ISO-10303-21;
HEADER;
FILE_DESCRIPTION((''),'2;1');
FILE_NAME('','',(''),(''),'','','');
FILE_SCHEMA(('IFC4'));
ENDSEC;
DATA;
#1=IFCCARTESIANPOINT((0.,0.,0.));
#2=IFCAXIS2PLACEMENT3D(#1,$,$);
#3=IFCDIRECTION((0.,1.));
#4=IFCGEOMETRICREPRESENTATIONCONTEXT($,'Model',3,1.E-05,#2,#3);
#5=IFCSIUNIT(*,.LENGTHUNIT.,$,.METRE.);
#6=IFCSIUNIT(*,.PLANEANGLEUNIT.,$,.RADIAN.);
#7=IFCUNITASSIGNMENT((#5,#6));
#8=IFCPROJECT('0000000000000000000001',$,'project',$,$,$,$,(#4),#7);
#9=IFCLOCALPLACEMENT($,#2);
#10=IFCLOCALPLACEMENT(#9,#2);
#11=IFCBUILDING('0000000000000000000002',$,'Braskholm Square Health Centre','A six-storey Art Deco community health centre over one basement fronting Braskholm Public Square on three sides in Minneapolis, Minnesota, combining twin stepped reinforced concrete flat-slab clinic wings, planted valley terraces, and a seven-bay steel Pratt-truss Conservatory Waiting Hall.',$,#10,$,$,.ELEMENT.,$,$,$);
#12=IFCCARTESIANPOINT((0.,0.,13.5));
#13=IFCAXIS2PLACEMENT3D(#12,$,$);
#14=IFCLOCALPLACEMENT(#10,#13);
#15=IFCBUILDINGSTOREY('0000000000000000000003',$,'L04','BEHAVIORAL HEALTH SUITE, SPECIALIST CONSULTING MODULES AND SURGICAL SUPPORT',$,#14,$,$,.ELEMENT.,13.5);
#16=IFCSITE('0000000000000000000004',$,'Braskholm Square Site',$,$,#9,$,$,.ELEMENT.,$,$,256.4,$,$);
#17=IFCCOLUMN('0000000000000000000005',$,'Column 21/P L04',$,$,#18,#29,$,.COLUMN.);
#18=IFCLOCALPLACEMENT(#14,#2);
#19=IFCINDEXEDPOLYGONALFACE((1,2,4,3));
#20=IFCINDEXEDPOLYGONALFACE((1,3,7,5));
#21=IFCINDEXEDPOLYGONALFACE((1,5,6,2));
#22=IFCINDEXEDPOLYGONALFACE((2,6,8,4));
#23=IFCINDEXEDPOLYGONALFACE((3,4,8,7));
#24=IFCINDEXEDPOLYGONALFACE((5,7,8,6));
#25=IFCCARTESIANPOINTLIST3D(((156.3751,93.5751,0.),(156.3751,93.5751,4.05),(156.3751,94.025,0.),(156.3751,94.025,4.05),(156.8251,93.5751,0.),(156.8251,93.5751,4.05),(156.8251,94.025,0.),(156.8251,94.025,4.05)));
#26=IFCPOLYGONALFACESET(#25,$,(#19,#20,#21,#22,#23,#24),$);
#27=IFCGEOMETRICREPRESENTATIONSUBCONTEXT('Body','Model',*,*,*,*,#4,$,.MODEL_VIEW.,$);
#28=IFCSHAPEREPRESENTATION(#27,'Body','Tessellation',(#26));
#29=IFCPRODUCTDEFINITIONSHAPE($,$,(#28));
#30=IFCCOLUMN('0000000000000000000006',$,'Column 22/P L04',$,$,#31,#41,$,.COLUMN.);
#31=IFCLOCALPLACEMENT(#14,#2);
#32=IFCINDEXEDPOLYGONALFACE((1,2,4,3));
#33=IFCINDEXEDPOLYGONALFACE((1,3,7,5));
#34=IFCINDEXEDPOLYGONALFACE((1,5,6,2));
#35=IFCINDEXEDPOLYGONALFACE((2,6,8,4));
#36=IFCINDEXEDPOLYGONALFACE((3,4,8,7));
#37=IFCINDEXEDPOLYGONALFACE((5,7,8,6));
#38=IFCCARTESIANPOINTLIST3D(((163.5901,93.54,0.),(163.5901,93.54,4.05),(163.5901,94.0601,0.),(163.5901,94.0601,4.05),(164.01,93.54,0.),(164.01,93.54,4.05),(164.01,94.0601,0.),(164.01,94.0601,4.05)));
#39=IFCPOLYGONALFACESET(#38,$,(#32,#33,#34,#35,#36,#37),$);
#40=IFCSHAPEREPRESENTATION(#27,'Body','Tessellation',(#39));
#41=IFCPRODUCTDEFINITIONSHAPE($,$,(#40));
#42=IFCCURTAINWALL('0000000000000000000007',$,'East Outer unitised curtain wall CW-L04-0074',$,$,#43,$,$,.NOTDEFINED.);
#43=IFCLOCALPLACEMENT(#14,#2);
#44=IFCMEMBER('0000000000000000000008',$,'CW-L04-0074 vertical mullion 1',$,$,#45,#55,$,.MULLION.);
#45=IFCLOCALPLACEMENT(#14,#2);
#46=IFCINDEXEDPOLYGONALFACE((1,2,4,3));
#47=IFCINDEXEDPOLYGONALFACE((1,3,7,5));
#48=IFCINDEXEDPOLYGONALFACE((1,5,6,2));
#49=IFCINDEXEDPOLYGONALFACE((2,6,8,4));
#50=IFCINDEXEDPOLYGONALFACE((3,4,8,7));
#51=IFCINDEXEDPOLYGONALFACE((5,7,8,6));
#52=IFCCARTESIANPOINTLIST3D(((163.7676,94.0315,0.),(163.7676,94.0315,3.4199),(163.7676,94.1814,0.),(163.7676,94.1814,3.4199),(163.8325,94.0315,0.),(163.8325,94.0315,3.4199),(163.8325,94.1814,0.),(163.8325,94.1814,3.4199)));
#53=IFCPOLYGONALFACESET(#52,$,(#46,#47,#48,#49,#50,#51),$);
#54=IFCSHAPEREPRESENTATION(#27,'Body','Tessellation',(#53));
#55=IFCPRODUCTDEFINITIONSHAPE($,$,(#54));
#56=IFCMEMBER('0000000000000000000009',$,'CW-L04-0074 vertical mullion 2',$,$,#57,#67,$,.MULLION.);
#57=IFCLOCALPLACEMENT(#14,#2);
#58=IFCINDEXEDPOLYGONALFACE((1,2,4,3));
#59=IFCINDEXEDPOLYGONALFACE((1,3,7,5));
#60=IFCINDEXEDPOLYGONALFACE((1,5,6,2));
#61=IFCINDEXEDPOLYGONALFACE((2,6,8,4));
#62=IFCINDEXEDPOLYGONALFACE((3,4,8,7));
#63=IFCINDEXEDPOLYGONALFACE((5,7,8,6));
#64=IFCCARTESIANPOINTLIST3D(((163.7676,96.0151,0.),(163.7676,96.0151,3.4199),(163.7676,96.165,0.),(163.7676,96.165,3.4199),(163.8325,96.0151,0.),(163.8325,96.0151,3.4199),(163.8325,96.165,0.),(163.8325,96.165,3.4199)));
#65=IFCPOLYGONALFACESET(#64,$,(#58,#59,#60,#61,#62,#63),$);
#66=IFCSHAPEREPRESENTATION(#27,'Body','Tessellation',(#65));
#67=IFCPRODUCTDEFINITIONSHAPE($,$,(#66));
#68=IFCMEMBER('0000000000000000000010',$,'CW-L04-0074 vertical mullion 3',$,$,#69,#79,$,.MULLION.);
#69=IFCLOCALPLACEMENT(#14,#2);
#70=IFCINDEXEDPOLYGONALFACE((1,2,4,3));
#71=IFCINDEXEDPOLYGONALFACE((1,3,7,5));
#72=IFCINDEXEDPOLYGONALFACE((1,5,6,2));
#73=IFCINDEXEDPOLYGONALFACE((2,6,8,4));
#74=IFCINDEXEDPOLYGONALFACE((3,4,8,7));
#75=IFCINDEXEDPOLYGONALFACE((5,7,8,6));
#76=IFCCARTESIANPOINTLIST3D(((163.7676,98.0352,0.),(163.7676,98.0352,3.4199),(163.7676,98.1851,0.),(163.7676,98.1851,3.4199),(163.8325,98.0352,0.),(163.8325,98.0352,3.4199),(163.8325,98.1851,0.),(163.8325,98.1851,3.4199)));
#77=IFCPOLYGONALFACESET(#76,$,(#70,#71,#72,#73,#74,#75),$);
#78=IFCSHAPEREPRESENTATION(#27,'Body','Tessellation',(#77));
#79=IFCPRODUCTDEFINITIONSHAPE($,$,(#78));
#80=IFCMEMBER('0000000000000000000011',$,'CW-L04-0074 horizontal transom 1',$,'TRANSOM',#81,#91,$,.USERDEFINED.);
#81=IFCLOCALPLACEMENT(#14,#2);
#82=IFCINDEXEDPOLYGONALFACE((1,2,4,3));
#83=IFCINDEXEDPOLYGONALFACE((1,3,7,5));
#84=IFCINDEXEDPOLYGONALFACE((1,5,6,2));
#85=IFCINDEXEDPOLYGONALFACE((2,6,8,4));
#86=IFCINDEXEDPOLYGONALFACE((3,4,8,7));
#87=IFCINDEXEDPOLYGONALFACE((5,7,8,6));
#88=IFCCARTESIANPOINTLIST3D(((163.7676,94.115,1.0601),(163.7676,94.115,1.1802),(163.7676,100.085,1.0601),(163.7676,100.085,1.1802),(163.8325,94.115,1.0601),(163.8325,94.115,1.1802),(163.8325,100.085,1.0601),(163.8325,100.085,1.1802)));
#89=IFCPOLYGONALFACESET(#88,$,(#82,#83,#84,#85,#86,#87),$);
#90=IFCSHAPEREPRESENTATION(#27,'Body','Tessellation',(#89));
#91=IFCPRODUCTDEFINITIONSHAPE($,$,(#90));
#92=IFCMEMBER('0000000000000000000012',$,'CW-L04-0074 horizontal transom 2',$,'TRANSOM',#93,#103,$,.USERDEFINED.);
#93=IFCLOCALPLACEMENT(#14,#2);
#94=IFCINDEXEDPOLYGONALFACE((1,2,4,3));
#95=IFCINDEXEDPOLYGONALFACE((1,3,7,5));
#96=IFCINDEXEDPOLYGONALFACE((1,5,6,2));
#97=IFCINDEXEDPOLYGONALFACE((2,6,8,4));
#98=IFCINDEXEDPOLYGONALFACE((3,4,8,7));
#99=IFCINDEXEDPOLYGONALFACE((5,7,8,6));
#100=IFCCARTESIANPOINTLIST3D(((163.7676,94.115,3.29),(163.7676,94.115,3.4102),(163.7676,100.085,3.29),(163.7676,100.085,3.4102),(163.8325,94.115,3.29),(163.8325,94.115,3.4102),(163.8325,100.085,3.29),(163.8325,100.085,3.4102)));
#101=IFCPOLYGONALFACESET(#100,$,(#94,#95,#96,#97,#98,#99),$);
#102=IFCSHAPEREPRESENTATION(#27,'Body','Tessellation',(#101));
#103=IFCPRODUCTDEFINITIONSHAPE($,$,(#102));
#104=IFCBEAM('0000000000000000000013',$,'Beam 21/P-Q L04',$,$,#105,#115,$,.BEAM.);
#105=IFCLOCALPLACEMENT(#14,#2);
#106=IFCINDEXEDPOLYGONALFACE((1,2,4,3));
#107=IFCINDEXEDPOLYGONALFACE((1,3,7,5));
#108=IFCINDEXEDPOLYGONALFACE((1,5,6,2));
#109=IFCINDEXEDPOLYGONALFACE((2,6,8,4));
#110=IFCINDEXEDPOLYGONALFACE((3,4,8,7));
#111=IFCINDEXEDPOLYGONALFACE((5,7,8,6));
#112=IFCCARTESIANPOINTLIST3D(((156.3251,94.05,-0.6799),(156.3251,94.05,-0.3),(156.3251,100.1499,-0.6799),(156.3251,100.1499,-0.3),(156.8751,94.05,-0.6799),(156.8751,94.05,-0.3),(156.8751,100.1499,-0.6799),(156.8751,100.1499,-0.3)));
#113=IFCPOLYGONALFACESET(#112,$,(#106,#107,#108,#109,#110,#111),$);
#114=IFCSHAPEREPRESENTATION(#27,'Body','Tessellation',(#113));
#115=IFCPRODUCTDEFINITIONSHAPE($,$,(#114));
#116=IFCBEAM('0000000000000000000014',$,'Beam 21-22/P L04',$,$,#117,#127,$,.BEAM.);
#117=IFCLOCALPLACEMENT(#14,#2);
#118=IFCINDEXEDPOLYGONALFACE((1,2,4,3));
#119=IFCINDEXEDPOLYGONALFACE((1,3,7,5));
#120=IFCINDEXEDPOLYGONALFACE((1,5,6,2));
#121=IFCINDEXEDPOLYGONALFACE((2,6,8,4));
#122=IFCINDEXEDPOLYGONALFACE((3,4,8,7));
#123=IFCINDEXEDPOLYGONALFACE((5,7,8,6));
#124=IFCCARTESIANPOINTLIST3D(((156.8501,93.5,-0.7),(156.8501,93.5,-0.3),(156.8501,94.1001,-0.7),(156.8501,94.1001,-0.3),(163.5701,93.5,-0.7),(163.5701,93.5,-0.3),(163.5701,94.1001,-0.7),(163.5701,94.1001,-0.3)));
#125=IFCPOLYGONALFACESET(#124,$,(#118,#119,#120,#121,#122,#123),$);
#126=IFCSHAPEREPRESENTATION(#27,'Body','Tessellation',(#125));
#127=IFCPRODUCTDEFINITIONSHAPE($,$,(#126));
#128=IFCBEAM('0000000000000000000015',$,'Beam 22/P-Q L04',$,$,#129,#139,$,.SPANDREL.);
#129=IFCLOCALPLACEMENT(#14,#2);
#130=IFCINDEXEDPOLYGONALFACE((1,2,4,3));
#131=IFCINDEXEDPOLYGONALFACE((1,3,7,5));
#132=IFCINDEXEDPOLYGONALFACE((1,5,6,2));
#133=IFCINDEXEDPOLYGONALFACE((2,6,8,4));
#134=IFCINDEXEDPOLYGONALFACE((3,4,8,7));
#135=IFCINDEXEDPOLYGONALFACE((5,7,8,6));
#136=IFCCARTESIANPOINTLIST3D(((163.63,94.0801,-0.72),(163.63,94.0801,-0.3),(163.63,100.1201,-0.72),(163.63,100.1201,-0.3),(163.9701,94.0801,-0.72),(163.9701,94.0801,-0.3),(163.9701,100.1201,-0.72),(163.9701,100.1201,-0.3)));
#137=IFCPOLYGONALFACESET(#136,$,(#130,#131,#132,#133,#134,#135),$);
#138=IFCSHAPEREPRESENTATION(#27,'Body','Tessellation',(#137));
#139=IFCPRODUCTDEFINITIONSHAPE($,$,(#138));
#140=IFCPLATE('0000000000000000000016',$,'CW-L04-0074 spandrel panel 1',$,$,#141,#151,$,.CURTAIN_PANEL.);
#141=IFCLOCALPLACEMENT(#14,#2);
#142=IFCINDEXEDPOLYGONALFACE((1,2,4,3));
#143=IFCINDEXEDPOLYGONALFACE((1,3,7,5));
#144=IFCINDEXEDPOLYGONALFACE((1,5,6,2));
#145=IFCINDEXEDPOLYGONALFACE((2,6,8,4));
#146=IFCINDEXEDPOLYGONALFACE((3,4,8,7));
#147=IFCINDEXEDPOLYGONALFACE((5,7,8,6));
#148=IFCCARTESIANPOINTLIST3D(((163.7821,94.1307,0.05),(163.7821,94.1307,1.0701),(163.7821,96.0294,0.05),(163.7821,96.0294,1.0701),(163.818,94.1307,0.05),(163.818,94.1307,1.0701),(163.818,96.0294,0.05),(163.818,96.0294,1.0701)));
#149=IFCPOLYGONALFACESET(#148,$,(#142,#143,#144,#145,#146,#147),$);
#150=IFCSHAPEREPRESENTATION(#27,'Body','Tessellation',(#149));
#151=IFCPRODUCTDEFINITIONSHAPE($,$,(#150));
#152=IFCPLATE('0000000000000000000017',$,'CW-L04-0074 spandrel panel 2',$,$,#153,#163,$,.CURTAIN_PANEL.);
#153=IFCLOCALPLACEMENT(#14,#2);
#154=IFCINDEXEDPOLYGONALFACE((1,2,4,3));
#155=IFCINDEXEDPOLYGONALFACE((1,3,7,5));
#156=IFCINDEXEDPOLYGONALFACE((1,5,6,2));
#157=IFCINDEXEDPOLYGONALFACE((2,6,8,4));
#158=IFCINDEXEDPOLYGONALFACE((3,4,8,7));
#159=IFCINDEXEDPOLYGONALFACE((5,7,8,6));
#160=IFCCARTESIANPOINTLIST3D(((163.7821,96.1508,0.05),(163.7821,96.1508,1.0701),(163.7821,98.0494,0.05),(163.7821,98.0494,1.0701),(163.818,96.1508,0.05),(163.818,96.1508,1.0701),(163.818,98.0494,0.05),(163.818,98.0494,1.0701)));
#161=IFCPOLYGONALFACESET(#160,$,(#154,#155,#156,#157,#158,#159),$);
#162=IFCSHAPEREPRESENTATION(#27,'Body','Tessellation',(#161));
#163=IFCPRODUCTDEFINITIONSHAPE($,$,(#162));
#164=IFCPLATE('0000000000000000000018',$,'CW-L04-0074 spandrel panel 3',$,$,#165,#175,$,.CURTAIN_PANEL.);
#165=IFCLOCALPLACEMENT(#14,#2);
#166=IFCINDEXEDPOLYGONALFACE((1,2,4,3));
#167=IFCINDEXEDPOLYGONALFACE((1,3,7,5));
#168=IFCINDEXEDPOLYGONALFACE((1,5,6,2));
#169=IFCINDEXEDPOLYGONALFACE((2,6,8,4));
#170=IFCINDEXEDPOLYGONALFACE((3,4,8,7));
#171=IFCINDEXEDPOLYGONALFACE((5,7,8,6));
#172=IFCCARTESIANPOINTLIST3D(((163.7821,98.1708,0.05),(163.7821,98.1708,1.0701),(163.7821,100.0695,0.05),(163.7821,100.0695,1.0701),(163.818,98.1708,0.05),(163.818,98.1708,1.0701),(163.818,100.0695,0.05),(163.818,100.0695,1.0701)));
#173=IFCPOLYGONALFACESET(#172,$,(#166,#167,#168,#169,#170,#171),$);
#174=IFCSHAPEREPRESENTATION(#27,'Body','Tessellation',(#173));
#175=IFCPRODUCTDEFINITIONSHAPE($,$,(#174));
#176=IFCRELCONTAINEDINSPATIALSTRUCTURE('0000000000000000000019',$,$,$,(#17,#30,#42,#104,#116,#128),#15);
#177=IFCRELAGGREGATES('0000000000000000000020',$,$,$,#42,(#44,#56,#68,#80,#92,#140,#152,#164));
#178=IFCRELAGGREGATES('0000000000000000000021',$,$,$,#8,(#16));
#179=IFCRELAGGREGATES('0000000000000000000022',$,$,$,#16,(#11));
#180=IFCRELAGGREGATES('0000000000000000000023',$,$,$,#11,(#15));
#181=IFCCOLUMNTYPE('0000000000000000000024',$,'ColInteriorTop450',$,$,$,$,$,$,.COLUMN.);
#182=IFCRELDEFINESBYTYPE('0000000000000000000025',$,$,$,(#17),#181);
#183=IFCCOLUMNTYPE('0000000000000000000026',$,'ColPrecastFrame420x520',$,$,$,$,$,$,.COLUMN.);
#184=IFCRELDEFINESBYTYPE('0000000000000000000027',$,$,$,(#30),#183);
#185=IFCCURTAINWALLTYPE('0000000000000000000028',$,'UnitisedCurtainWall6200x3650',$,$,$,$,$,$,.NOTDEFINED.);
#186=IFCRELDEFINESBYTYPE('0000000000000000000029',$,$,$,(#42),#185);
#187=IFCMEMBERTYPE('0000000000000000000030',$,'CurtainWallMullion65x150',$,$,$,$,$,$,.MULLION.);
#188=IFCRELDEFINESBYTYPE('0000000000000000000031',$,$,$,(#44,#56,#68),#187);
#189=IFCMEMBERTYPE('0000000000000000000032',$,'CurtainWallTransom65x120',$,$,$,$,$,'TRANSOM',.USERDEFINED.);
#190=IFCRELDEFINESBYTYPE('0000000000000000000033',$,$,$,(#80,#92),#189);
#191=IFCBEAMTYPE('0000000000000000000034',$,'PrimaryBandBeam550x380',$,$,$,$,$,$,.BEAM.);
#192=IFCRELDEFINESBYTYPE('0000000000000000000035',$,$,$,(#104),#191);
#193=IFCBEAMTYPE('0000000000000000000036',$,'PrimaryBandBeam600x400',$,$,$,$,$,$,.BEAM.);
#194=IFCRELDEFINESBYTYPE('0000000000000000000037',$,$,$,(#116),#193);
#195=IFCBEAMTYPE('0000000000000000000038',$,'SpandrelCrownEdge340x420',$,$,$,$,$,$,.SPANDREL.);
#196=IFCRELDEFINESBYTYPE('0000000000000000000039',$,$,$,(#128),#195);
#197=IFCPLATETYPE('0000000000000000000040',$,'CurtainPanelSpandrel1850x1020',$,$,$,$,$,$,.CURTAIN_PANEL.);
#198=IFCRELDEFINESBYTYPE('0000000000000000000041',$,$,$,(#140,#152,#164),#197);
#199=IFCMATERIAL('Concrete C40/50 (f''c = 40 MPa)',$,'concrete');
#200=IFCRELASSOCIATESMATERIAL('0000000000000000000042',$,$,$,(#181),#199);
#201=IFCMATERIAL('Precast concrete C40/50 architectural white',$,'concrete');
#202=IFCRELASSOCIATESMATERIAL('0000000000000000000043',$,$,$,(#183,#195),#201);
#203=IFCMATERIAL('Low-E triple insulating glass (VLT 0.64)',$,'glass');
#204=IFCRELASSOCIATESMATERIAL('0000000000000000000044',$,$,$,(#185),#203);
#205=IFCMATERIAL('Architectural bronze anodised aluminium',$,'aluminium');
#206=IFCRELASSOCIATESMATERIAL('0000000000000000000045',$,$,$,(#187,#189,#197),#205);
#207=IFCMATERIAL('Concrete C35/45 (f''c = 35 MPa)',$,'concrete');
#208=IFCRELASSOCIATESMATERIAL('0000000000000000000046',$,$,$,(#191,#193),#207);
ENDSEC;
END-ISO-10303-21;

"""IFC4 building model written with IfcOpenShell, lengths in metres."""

from ifc_helpers import new_model, si_unit, direction, frame, origin, origin_2d, place, context, subcontext, project, spatial, rectangle, extrude, material, material_profile, profile_set, type_object, element, aggregate, save


model = new_model("IFC4")

# Units and contexts
model_context = context("Model", 3, precision=1e-05, world=origin(), true_north=direction((0.0, 1.0)))
body_context = subcontext(model_context, "Body", "Model", "MODEL_VIEW")
ifc_project = project(units=[si_unit("LENGTHUNIT", "METRE"), si_unit("PLANEANGLEUNIT", "RADIAN")], contexts=[model_context])

# Site, building, storey
site_placement = place(None, origin())
site = spatial("IfcSite", under=ifc_project, at=site_placement, Name="Braskholm Square Site", CompositionType="ELEMENT", RefElevation=256.4)
building_placement = place(site_placement, origin())
building = spatial("IfcBuilding", under=site, at=building_placement, Name="Braskholm Square Health Centre", Description="A six-storey Art Deco community health centre over one basement fronting Braskholm Public Square on three sides in Minneapolis, Minnesota, combining twin stepped reinforced concrete flat-slab clinic wings, planted valley terraces, and a seven-bay steel Pratt-truss Conservatory Waiting Hall.", CompositionType="ELEMENT")
storey_placement = place(building_placement, frame((0.0, 0.0, 13.5)))
storey = spatial("IfcBuildingStorey", under=building, at=storey_placement, Name="L04", Description="BEHAVIORAL HEALTH SUITE, SPECIALIST CONSULTING MODULES AND SURGICAL SUPPORT", CompositionType="ELEMENT", Elevation=13.5)

# Columns
ifc_material_1 = material(Name="Concrete C40/50 (f'c = 40 MPa)", Category="concrete")
ifc_material_profile_1 = material_profile(ifc_material_1, rectangle(XDim=0.45, YDim=0.45, at=origin_2d()), Name="RC-450X450")
ifc_profile_set_1 = profile_set([ifc_material_profile_1], Name="Concrete C40/50 (f'c = 40 MPa)")
column_type_1 = type_object("IfcColumnType", Name="ColInteriorTop450", PredefinedType="COLUMN", material=ifc_profile_set_1)
column_1_placement = place(storey_placement, frame((156.6001, 93.8, 0.0), z_axis=(0.0, 0.0, 1.0), x_axis=(1.0, 0.0, 0.0)))
element("IfcColumn", 1, at=column_1_placement, inside=storey, type_object=column_type_1, Name="Column 21/P L04", PredefinedType="COLUMN", context=body_context, shape_type="SweptSolid", body=[
    extrude(rectangle(XDim=0.45, YDim=0.45, at=origin_2d()), origin(), (0.0, 0.0, 1.0), 4.05),
])
ifc_material_2 = material(Name="Precast concrete C40/50 architectural white", Category="concrete")
ifc_material_profile_2 = material_profile(ifc_material_2, rectangle(XDim=0.4199, YDim=0.52, at=origin_2d()), Name="RC-420X520")
ifc_profile_set_2 = profile_set([ifc_material_profile_2], Name="Precast concrete C40/50 architectural white")
column_type_2 = type_object("IfcColumnType", Name="ColPrecastFrame420x520", PredefinedType="COLUMN", material=ifc_profile_set_2)
column_2_placement = place(storey_placement, frame((163.8, 93.8, 0.0), z_axis=(0.0, 0.0, 1.0), x_axis=(1.0, 0.0, 0.0)))
element("IfcColumn", 2, at=column_2_placement, inside=storey, type_object=column_type_2, Name="Column 22/P L04", PredefinedType="COLUMN", context=body_context, shape_type="SweptSolid", body=[
    extrude(rectangle(XDim=0.4199, YDim=0.52, at=origin_2d()), origin(), (0.0, 0.0, 1.0), 4.05),
])

# Curtain wall, members
ifc_material_3 = material(Name="Low-E triple insulating glass (VLT 0.64)", Category="glass")
curtain_wall_type = type_object("IfcCurtainWallType", Name="UnitisedCurtainWall6200x3650", PredefinedType="NOTDEFINED", material=ifc_material_3)
curtain_wall_placement = place(storey_placement, origin())
curtain_wall = element("IfcCurtainWall", 3, at=curtain_wall_placement, inside=storey, type_object=curtain_wall_type, Name="East Outer unitised curtain wall CW-L04-0074", PredefinedType="NOTDEFINED")
ifc_material_4 = material(Name="Architectural bronze anodised aluminium", Category="aluminium")
ifc_material_profile_3 = material_profile(ifc_material_4, rectangle(XDim=0.0649, YDim=0.1499, at=origin_2d()), Name="ALU-65X150")
ifc_profile_set_3 = profile_set([ifc_material_profile_3], Name="Architectural bronze anodised aluminium")
member_type_1 = type_object("IfcMemberType", Name="CurtainWallMullion65x150", PredefinedType="MULLION", material=ifc_profile_set_3)
member_1_placement = place(storey_placement, frame((163.8, 94.1064, 0.0), z_axis=(0.0, 0.0, 1.0), x_axis=(1.0, 0.0, 0.0)))
member_1 = element("IfcMember", 4, at=member_1_placement, type_object=member_type_1, Name="CW-L04-0074 vertical mullion 1", PredefinedType="MULLION", context=body_context, shape_type="SweptSolid", body=[
    extrude(rectangle(XDim=0.0649, YDim=0.1499, at=origin_2d()), origin(), (0.0, 0.0, 1.0), 3.4199),
])
member_2_placement = place(storey_placement, frame((163.8, 96.0901, 0.0), z_axis=(0.0, 0.0, 1.0), x_axis=(1.0, 0.0, 0.0)))
member_2 = element("IfcMember", 5, at=member_2_placement, type_object=member_type_1, Name="CW-L04-0074 vertical mullion 2", PredefinedType="MULLION", context=body_context, shape_type="SweptSolid", body=[
    extrude(rectangle(XDim=0.0649, YDim=0.1499, at=origin_2d()), origin(), (0.0, 0.0, 1.0), 3.4199),
])
member_3_placement = place(storey_placement, frame((163.8, 98.1101, 0.0), z_axis=(0.0, 0.0, 1.0), x_axis=(1.0, 0.0, 0.0)))
member_3 = element("IfcMember", 6, at=member_3_placement, type_object=member_type_1, Name="CW-L04-0074 vertical mullion 3", PredefinedType="MULLION", context=body_context, shape_type="SweptSolid", body=[
    extrude(rectangle(XDim=0.0649, YDim=0.1499, at=origin_2d()), origin(), (0.0, 0.0, 1.0), 3.4199),
])
ifc_material_profile_4 = material_profile(ifc_material_4, rectangle(XDim=0.0649, YDim=0.1201, at=origin_2d()), Name="ALU-65X120")
ifc_profile_set_4 = profile_set([ifc_material_profile_4], Name="Architectural bronze anodised aluminium")
member_type_2 = type_object("IfcMemberType", Name="CurtainWallTransom65x120", ElementType="TRANSOM", PredefinedType="USERDEFINED", material=ifc_profile_set_4)
member_4_placement = place(storey_placement, frame((163.8, 94.115, 1.1201), z_axis=(0.0, 1.0, 0.0), x_axis=(-1.0, 0.0, 0.0)))
member_4 = element("IfcMember", 7, at=member_4_placement, type_object=member_type_2, Name="CW-L04-0074 horizontal transom 1", ObjectType="TRANSOM", PredefinedType="USERDEFINED", context=body_context, shape_type="SweptSolid", body=[
    extrude(rectangle(XDim=0.0649, YDim=0.1201, at=origin_2d()), origin(), (0.0, 0.0, 1.0), 5.97),
])
member_5_placement = place(storey_placement, frame((163.8, 94.115, 3.3501), z_axis=(0.0, 1.0, 0.0), x_axis=(-1.0, 0.0, 0.0)))
member_5 = element("IfcMember", 8, at=member_5_placement, type_object=member_type_2, Name="CW-L04-0074 horizontal transom 2", ObjectType="TRANSOM", PredefinedType="USERDEFINED", context=body_context, shape_type="SweptSolid", body=[
    extrude(rectangle(XDim=0.0649, YDim=0.1201, at=origin_2d()), origin(), (0.0, 0.0, 1.0), 5.97),
])

# Beams
ifc_material_5 = material(Name="Concrete C35/45 (f'c = 35 MPa)", Category="concrete")
ifc_material_profile_5 = material_profile(ifc_material_5, rectangle(XDim=0.55, YDim=0.3799, at=origin_2d()), Name="RCB-550X380")
ifc_profile_set_5 = profile_set([ifc_material_profile_5], Name="Concrete C35/45 (f'c = 35 MPa)")
beam_type_1 = type_object("IfcBeamType", Name="PrimaryBandBeam550x380", PredefinedType="BEAM", material=ifc_profile_set_5)
beam_1_placement = place(storey_placement, frame((156.6001, 94.05, -0.49), z_axis=(0.0, 1.0, 0.0), x_axis=(-1.0, 0.0, 0.0)))
element("IfcBeam", 9, at=beam_1_placement, inside=storey, type_object=beam_type_1, Name="Beam 21/P-Q L04", PredefinedType="BEAM", context=body_context, shape_type="SweptSolid", body=[
    extrude(rectangle(XDim=0.55, YDim=0.3799, at=origin_2d()), origin(), (0.0, 0.0, 1.0), 6.0999),
])
ifc_material_profile_6 = material_profile(ifc_material_5, rectangle(XDim=0.6001, YDim=0.3999, at=origin_2d()), Name="RCB-600X400")
ifc_profile_set_6 = profile_set([ifc_material_profile_6], Name="Concrete C35/45 (f'c = 35 MPa)")
beam_type_2 = type_object("IfcBeamType", Name="PrimaryBandBeam600x400", PredefinedType="BEAM", material=ifc_profile_set_6)
beam_2_placement = place(storey_placement, frame((156.8501, 93.8, -0.5), z_axis=(1.0, 0.0, 0.0), x_axis=(0.0, 1.0, 0.0)))
element("IfcBeam", 10, at=beam_2_placement, inside=storey, type_object=beam_type_2, Name="Beam 21-22/P L04", PredefinedType="BEAM", context=body_context, shape_type="SweptSolid", body=[
    extrude(rectangle(XDim=0.6001, YDim=0.3999, at=origin_2d()), origin(), (0.0, 0.0, 1.0), 6.72),
])
ifc_material_profile_7 = material_profile(ifc_material_2, rectangle(XDim=0.3401, YDim=0.4199, at=origin_2d()), Name="RCB-340X420")
ifc_profile_set_7 = profile_set([ifc_material_profile_7], Name="Precast concrete C40/50 architectural white")
beam_type_3 = type_object("IfcBeamType", Name="SpandrelCrownEdge340x420", PredefinedType="SPANDREL", material=ifc_profile_set_7)
beam_3_placement = place(storey_placement, frame((163.8, 94.0801, -0.51), z_axis=(0.0, 1.0, 0.0), x_axis=(-1.0, 0.0, 0.0)))
element("IfcBeam", 11, at=beam_3_placement, inside=storey, type_object=beam_type_3, Name="Beam 22/P-Q L04", PredefinedType="SPANDREL", context=body_context, shape_type="SweptSolid", body=[
    extrude(rectangle(XDim=0.3401, YDim=0.4199, at=origin_2d()), origin(), (0.0, 0.0, 1.0), 6.04),
])

# Plates
plate_type_1 = type_object("IfcPlateType", Name="CurtainPanelSpandrel1850x1020", PredefinedType="CURTAIN_PANEL", material=ifc_material_4)
plate_1_placement = place(storey_placement, frame((163.8, 95.0801, 0.05), z_axis=(0.0, 0.0, 1.0), x_axis=(0.0, 1.0, 0.0)))
plate_1 = element("IfcPlate", 12, at=plate_1_placement, type_object=plate_type_1, Name="CW-L04-0074 spandrel panel 1", PredefinedType="CURTAIN_PANEL", context=body_context, shape_type="SweptSolid", body=[
    extrude(rectangle(XDim=1.8987, YDim=0.0359, at=origin_2d()), origin(), (0.0, 0.0, 1.0), 1.02),
])
plate_2_placement = place(storey_placement, frame((163.8, 97.1001, 0.05), z_axis=(0.0, 0.0, 1.0), x_axis=(0.0, 1.0, 0.0)))
plate_2 = element("IfcPlate", 13, at=plate_2_placement, type_object=plate_type_1, Name="CW-L04-0074 spandrel panel 2", PredefinedType="CURTAIN_PANEL", context=body_context, shape_type="SweptSolid", body=[
    extrude(rectangle(XDim=1.8987, YDim=0.0359, at=origin_2d()), origin(), (0.0, 0.0, 1.0), 1.02),
])
plate_3_placement = place(storey_placement, frame((163.8, 99.1201, 0.05), z_axis=(0.0, 0.0, 1.0), x_axis=(0.0, 1.0, 0.0)))
plate_3 = element("IfcPlate", 14, at=plate_3_placement, type_object=plate_type_1, Name="CW-L04-0074 spandrel panel 3", PredefinedType="CURTAIN_PANEL", context=body_context, shape_type="SweptSolid", body=[
    extrude(rectangle(XDim=1.8987, YDim=0.0359, at=origin_2d()), origin(), (0.0, 0.0, 1.0), 1.02),
])
aggregate(curtain_wall, [member_1, member_2, member_3, member_4, member_5, plate_1, plate_2, plate_3])

save(model, "model.ifc")
